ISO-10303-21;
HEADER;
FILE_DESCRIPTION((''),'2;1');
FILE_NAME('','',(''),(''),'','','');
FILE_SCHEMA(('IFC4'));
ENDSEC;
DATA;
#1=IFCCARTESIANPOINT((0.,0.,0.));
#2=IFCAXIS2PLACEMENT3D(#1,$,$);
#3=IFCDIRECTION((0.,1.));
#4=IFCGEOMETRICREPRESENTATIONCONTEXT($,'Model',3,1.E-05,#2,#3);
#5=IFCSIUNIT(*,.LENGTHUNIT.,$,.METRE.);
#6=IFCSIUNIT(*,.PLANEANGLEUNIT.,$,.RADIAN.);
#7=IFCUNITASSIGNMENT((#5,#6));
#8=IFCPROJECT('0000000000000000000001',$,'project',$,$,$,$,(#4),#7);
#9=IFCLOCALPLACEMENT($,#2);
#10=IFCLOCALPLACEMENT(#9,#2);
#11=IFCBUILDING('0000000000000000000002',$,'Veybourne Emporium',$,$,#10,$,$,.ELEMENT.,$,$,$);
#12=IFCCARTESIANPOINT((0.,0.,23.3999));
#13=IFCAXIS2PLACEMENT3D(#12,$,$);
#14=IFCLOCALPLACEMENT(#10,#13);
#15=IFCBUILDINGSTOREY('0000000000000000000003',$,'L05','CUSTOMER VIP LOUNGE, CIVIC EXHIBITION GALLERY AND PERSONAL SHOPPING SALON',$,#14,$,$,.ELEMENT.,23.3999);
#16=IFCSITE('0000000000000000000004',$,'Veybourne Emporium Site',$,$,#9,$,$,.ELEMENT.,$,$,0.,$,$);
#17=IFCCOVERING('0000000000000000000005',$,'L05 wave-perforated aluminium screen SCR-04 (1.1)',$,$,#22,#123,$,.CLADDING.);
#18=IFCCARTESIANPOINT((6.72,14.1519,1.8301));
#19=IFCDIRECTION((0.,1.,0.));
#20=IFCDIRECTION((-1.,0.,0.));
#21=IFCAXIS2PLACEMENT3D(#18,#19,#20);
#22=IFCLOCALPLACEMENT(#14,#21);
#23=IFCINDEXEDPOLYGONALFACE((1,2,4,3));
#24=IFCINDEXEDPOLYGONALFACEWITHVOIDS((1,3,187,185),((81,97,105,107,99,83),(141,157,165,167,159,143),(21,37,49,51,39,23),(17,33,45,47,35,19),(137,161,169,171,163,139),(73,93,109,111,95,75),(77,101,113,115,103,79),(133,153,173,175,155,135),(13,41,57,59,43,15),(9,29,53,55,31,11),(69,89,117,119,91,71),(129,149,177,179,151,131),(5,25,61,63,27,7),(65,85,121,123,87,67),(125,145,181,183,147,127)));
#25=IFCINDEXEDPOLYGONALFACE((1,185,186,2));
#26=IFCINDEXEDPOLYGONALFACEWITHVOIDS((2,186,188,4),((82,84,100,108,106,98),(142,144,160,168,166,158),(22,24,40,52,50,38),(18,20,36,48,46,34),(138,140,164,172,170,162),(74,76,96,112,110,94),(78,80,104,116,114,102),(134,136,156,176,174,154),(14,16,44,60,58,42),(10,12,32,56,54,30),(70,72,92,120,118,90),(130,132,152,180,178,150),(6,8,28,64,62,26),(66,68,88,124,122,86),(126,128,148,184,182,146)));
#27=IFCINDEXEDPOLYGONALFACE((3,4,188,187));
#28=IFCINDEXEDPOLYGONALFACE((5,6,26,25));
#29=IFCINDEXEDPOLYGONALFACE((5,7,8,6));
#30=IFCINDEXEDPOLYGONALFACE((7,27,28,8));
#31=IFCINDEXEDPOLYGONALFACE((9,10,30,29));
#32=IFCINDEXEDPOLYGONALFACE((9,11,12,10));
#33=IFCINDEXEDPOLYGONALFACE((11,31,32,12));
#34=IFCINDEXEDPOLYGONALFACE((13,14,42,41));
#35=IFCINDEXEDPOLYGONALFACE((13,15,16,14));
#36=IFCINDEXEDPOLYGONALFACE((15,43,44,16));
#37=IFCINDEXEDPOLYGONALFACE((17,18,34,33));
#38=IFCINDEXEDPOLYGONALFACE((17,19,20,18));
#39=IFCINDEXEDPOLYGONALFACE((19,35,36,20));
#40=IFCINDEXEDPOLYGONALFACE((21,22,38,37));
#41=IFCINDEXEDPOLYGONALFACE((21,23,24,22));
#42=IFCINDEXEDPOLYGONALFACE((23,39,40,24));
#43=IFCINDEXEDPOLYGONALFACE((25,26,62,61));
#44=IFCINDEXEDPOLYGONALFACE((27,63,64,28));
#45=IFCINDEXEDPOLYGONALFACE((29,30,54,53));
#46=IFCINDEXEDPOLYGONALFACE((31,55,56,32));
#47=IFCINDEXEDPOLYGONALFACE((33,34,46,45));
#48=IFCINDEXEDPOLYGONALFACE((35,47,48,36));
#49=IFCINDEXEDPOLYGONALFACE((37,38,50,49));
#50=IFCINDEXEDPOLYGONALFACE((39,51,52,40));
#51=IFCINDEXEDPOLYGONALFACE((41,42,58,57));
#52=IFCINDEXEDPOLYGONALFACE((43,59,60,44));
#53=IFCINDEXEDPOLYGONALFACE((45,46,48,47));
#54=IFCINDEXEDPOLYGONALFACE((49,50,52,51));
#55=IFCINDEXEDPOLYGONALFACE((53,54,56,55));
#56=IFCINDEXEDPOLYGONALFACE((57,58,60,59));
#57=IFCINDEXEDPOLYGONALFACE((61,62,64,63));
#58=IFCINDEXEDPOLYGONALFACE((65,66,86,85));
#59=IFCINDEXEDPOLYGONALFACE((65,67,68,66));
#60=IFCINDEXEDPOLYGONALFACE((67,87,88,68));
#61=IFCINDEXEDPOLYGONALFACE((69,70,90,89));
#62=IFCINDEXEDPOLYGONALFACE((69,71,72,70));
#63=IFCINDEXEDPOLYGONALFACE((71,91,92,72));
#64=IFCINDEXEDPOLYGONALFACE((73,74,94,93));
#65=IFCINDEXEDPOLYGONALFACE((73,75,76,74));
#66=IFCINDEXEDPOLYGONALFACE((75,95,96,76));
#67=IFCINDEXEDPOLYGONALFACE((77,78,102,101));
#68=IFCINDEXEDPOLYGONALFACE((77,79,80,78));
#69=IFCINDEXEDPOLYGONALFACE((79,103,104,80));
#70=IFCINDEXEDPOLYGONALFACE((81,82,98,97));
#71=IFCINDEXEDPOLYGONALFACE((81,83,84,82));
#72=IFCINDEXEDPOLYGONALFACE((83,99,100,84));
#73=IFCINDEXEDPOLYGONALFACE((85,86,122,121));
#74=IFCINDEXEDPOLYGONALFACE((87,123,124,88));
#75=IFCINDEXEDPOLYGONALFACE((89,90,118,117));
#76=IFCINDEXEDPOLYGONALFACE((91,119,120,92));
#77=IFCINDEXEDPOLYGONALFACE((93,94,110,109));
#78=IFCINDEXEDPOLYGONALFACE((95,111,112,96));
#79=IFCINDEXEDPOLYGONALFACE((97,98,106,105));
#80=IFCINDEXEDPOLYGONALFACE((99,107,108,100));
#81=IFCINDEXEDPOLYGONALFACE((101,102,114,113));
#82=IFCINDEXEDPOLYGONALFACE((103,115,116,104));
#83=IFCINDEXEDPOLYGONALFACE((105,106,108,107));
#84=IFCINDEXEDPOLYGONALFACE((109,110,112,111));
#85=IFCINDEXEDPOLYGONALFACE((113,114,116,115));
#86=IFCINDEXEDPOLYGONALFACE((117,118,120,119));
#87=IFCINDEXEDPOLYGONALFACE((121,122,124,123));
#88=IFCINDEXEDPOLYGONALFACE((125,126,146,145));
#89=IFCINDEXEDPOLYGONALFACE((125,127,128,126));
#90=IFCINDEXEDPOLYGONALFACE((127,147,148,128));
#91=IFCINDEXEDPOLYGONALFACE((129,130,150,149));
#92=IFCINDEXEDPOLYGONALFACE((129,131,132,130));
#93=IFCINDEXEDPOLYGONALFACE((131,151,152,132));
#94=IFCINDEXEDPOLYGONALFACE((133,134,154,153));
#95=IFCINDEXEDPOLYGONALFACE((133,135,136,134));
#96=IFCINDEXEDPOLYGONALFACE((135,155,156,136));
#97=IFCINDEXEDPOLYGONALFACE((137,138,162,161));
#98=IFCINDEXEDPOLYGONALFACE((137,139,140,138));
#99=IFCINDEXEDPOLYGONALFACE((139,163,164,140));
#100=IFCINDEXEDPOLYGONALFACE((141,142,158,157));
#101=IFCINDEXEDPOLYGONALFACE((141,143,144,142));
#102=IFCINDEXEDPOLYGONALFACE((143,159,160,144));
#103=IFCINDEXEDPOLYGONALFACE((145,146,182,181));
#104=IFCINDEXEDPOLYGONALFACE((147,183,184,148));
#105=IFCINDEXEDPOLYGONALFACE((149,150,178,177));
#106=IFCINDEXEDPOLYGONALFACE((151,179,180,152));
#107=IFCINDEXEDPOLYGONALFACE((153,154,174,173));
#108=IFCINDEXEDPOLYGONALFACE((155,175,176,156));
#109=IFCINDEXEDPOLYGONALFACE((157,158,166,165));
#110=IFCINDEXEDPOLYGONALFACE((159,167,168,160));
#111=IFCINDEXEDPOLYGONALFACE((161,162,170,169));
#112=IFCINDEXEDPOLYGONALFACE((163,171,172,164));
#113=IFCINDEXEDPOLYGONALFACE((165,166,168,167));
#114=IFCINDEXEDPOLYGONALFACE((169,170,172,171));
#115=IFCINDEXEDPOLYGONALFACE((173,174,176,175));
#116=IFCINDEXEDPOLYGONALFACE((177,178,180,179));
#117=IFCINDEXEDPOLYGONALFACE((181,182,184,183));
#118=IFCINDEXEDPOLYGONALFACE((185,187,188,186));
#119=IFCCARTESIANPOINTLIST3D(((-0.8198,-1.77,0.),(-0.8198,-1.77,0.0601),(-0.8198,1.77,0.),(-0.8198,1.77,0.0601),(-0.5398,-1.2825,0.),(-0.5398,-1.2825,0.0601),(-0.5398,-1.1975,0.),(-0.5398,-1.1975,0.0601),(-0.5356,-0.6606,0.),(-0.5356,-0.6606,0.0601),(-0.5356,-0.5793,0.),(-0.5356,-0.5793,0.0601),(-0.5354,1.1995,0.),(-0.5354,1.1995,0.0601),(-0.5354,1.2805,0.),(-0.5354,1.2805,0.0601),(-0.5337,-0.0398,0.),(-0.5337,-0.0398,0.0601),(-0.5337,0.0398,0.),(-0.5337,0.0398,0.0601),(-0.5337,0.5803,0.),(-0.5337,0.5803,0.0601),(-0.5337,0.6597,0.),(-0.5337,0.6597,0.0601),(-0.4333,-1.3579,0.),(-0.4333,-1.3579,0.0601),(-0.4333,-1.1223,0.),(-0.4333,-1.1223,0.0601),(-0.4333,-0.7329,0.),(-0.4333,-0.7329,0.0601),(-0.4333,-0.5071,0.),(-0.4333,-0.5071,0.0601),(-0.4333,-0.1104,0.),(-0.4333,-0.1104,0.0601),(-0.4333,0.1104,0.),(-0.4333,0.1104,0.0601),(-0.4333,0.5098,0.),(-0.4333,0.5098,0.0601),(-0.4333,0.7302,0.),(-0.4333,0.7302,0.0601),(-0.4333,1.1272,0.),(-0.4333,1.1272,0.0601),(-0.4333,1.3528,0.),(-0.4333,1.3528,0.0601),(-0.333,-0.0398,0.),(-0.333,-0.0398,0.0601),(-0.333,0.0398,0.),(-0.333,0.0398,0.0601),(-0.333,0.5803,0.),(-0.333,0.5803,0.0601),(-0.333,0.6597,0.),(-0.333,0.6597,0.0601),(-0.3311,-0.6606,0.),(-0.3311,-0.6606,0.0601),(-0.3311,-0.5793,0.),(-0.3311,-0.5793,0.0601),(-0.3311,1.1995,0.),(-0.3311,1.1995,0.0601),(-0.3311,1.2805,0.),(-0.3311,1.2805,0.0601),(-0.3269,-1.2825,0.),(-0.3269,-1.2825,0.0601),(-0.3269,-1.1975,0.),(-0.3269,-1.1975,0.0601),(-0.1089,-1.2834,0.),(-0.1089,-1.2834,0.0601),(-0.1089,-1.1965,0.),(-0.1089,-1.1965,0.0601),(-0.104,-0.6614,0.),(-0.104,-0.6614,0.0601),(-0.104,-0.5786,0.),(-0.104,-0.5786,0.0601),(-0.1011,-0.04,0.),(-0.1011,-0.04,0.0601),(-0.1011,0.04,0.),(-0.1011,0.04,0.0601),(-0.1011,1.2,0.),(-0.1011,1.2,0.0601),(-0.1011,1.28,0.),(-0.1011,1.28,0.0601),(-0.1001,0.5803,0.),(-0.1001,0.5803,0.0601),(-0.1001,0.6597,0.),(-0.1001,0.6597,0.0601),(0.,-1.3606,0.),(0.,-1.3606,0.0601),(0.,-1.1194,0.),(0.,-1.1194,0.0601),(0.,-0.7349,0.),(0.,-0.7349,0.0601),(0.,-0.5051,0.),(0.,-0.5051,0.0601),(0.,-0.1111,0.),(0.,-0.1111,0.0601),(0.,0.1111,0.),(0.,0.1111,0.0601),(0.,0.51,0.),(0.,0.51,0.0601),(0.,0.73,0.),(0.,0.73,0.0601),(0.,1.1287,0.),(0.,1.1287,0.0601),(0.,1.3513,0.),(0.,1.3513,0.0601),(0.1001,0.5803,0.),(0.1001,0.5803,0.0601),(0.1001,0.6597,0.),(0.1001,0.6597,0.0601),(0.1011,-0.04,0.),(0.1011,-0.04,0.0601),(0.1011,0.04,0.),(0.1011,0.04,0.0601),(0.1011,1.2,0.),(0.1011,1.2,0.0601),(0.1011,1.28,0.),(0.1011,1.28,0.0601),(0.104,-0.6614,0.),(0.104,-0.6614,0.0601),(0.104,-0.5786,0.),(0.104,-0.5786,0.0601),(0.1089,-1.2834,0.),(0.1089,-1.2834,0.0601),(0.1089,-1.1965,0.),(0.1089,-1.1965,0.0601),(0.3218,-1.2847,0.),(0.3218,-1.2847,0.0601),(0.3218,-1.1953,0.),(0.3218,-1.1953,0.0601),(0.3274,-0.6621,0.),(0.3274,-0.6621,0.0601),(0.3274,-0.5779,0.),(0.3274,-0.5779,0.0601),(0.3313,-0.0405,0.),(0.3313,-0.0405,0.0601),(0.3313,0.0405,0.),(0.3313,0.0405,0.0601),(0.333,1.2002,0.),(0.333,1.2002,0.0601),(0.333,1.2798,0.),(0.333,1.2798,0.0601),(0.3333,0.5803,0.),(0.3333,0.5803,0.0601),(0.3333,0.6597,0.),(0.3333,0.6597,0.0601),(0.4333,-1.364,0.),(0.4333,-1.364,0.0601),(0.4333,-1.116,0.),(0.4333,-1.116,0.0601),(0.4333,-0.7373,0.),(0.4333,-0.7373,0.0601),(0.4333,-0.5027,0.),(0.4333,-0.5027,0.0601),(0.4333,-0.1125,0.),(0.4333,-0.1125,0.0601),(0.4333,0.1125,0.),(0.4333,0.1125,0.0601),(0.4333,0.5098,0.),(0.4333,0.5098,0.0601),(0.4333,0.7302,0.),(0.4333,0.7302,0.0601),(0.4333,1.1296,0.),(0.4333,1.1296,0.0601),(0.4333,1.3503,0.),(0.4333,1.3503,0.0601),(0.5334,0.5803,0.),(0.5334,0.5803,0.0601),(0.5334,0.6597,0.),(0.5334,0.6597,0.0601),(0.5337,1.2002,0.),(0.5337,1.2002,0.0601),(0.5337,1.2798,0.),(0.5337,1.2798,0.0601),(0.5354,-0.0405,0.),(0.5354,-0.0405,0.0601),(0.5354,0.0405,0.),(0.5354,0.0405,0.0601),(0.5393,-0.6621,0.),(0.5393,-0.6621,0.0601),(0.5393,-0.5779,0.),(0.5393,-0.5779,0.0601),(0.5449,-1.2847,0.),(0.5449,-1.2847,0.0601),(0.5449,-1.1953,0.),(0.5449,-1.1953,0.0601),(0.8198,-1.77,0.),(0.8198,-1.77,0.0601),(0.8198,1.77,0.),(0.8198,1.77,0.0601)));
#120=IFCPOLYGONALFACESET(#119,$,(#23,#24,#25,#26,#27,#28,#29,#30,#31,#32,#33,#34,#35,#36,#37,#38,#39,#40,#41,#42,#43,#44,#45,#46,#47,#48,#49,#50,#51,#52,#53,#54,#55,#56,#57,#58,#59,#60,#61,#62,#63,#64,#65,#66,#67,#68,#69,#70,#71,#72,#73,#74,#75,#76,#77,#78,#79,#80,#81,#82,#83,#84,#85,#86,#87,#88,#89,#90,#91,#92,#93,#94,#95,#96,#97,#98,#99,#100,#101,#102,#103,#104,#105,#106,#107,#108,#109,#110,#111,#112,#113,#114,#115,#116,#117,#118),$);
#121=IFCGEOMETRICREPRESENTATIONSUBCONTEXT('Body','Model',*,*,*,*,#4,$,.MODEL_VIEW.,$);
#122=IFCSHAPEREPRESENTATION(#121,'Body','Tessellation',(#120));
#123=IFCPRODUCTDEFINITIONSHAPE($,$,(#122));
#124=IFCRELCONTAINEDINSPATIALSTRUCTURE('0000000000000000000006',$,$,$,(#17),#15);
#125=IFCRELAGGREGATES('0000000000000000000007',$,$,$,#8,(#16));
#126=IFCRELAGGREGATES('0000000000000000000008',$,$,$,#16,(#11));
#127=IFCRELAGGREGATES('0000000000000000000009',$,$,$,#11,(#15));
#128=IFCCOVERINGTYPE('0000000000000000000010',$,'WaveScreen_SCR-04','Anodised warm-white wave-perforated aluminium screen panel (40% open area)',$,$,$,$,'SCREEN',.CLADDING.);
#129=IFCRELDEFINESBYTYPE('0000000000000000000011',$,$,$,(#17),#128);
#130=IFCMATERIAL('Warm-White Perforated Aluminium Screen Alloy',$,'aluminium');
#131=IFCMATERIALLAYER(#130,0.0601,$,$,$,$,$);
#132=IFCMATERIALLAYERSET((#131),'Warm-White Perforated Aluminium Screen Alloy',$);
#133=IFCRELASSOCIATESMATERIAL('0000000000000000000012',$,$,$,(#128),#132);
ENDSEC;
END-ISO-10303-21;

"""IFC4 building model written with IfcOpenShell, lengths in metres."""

from ifc_helpers import new_model, si_unit, direction, frame, origin, place, context, subcontext, project, spatial, polyline, outline, extrude, material, layer, layer_set, type_object, element, save


model = new_model("IFC4")

# Units and contexts
model_context = context("Model", 3, precision=1e-05, world=origin(), true_north=direction((0.0, 1.0)))
body_context = subcontext(model_context, "Body", "Model", "MODEL_VIEW")
ifc_project = project(units=[si_unit("LENGTHUNIT", "METRE"), si_unit("PLANEANGLEUNIT", "RADIAN")], contexts=[model_context])

# Site, building, storey
site_placement = place(None, origin())
site = spatial("IfcSite", under=ifc_project, at=site_placement, Name="Veybourne Emporium Site", CompositionType="ELEMENT", RefElevation=0.0)
building_placement = place(site_placement, origin())
building = spatial("IfcBuilding", under=site, at=building_placement, Name="Veybourne Emporium", CompositionType="ELEMENT")
storey_placement = place(building_placement, frame((0.0, 0.0, 23.3999)))
storey = spatial("IfcBuildingStorey", under=building, at=storey_placement, Name="L05", Description="CUSTOMER VIP LOUNGE, CIVIC EXHIBITION GALLERY AND PERSONAL SHOPPING SALON", CompositionType="ELEMENT", Elevation=23.3999)

# Covering
ifc_material_1 = material(Name="Warm-White Perforated Aluminium Screen Alloy", Category="aluminium")
ifc_layer_1 = layer(ifc_material_1, 0.0601)
ifc_layer_set_1 = layer_set([ifc_layer_1], Name="Warm-White Perforated Aluminium Screen Alloy")
covering_type_1 = type_object("IfcCoveringType", Name="WaveScreen_SCR-04", Description="Anodised warm-white wave-perforated aluminium screen panel (40% open area)", ElementType="SCREEN", PredefinedType="CLADDING", material=ifc_layer_set_1)
covering_1_placement = place(storey_placement, frame((6.72, 14.1519, 1.8301), z_axis=(0.0, 1.0, 0.0), x_axis=(-1.0, 0.0, 0.0)))
element("IfcCovering", 1, at=covering_1_placement, inside=storey, type_object=covering_type_1, Name="L05 wave-perforated aluminium screen SCR-04 (1.1)", PredefinedType="CLADDING", context=body_context, shape_type="SweptSolid", body=[
    extrude(outline(polyline([(-0.8198, -1.77), (0.8198, -1.77), (0.8198, 1.77), (-0.8198, 1.77), (-0.8198, -1.77)]), holes=[polyline([(-0.4333, -1.1223), (-0.3269, -1.1975), (-0.3269, -1.2825), (-0.4333, -1.3579), (-0.5398, -1.2825), (-0.5398, -1.1975), (-0.4333, -1.1223)]), polyline([(-0.4333, -0.5071), (-0.3311, -0.5793), (-0.3311, -0.6606), (-0.4333, -0.7329), (-0.5356, -0.6606), (-0.5356, -0.5793), (-0.4333, -0.5071)]), polyline([(-0.4333, 0.1104), (-0.333, 0.0398), (-0.333, -0.0398), (-0.4333, -0.1104), (-0.5337, -0.0398), (-0.5337, 0.0398), (-0.4333, 0.1104)]), polyline([(-0.4333, 0.7302), (-0.333, 0.6597), (-0.333, 0.5803), (-0.4333, 0.5098), (-0.5337, 0.5803), (-0.5337, 0.6597), (-0.4333, 0.7302)]), polyline([(-0.4333, 1.3528), (-0.3311, 1.2805), (-0.3311, 1.1995), (-0.4333, 1.1272), (-0.5354, 1.1995), (-0.5354, 1.2805), (-0.4333, 1.3528)]), polyline([(0.0, -1.1194), (0.1089, -1.1965), (0.1089, -1.2834), (0.0, -1.3606), (-0.1089, -1.2834), (-0.1089, -1.1965), (0.0, -1.1194)]), polyline([(0.0, -0.5051), (0.104, -0.5786), (0.104, -0.6614), (0.0, -0.7349), (-0.104, -0.6614), (-0.104, -0.5786), (0.0, -0.5051)]), polyline([(0.0, 0.1111), (0.1011, 0.04), (0.1011, -0.04), (0.0, -0.1111), (-0.1011, -0.04), (-0.1011, 0.04), (0.0, 0.1111)]), polyline([(0.0, 0.73), (0.1001, 0.6597), (0.1001, 0.5803), (0.0, 0.51), (-0.1001, 0.5803), (-0.1001, 0.6597), (0.0, 0.73)]), polyline([(0.0, 1.3513), (0.1011, 1.28), (0.1011, 1.2), (0.0, 1.1287), (-0.1011, 1.2), (-0.1011, 1.28), (0.0, 1.3513)]), polyline([(0.4333, -1.116), (0.5449, -1.1953), (0.5449, -1.2847), (0.4333, -1.364), (0.3218, -1.2847), (0.3218, -1.1953), (0.4333, -1.116)]), polyline([(0.4333, -0.5027), (0.5393, -0.5779), (0.5393, -0.6621), (0.4333, -0.7373), (0.3274, -0.6621), (0.3274, -0.5779), (0.4333, -0.5027)]), polyline([(0.4333, 0.1125), (0.5354, 0.0405), (0.5354, -0.0405), (0.4333, -0.1125), (0.3313, -0.0405), (0.3313, 0.0405), (0.4333, 0.1125)]), polyline([(0.4333, 0.7302), (0.5334, 0.6597), (0.5334, 0.5803), (0.4333, 0.5098), (0.3333, 0.5803), (0.3333, 0.6597), (0.4333, 0.7302)]), polyline([(0.4333, 1.3503), (0.5337, 1.2798), (0.5337, 1.2002), (0.4333, 1.1296), (0.333, 1.2002), (0.333, 1.2798), (0.4333, 1.3503)])]), origin(), (0.0, 0.0, 1.0), 0.0601),
])

save(model, "model.ifc")
